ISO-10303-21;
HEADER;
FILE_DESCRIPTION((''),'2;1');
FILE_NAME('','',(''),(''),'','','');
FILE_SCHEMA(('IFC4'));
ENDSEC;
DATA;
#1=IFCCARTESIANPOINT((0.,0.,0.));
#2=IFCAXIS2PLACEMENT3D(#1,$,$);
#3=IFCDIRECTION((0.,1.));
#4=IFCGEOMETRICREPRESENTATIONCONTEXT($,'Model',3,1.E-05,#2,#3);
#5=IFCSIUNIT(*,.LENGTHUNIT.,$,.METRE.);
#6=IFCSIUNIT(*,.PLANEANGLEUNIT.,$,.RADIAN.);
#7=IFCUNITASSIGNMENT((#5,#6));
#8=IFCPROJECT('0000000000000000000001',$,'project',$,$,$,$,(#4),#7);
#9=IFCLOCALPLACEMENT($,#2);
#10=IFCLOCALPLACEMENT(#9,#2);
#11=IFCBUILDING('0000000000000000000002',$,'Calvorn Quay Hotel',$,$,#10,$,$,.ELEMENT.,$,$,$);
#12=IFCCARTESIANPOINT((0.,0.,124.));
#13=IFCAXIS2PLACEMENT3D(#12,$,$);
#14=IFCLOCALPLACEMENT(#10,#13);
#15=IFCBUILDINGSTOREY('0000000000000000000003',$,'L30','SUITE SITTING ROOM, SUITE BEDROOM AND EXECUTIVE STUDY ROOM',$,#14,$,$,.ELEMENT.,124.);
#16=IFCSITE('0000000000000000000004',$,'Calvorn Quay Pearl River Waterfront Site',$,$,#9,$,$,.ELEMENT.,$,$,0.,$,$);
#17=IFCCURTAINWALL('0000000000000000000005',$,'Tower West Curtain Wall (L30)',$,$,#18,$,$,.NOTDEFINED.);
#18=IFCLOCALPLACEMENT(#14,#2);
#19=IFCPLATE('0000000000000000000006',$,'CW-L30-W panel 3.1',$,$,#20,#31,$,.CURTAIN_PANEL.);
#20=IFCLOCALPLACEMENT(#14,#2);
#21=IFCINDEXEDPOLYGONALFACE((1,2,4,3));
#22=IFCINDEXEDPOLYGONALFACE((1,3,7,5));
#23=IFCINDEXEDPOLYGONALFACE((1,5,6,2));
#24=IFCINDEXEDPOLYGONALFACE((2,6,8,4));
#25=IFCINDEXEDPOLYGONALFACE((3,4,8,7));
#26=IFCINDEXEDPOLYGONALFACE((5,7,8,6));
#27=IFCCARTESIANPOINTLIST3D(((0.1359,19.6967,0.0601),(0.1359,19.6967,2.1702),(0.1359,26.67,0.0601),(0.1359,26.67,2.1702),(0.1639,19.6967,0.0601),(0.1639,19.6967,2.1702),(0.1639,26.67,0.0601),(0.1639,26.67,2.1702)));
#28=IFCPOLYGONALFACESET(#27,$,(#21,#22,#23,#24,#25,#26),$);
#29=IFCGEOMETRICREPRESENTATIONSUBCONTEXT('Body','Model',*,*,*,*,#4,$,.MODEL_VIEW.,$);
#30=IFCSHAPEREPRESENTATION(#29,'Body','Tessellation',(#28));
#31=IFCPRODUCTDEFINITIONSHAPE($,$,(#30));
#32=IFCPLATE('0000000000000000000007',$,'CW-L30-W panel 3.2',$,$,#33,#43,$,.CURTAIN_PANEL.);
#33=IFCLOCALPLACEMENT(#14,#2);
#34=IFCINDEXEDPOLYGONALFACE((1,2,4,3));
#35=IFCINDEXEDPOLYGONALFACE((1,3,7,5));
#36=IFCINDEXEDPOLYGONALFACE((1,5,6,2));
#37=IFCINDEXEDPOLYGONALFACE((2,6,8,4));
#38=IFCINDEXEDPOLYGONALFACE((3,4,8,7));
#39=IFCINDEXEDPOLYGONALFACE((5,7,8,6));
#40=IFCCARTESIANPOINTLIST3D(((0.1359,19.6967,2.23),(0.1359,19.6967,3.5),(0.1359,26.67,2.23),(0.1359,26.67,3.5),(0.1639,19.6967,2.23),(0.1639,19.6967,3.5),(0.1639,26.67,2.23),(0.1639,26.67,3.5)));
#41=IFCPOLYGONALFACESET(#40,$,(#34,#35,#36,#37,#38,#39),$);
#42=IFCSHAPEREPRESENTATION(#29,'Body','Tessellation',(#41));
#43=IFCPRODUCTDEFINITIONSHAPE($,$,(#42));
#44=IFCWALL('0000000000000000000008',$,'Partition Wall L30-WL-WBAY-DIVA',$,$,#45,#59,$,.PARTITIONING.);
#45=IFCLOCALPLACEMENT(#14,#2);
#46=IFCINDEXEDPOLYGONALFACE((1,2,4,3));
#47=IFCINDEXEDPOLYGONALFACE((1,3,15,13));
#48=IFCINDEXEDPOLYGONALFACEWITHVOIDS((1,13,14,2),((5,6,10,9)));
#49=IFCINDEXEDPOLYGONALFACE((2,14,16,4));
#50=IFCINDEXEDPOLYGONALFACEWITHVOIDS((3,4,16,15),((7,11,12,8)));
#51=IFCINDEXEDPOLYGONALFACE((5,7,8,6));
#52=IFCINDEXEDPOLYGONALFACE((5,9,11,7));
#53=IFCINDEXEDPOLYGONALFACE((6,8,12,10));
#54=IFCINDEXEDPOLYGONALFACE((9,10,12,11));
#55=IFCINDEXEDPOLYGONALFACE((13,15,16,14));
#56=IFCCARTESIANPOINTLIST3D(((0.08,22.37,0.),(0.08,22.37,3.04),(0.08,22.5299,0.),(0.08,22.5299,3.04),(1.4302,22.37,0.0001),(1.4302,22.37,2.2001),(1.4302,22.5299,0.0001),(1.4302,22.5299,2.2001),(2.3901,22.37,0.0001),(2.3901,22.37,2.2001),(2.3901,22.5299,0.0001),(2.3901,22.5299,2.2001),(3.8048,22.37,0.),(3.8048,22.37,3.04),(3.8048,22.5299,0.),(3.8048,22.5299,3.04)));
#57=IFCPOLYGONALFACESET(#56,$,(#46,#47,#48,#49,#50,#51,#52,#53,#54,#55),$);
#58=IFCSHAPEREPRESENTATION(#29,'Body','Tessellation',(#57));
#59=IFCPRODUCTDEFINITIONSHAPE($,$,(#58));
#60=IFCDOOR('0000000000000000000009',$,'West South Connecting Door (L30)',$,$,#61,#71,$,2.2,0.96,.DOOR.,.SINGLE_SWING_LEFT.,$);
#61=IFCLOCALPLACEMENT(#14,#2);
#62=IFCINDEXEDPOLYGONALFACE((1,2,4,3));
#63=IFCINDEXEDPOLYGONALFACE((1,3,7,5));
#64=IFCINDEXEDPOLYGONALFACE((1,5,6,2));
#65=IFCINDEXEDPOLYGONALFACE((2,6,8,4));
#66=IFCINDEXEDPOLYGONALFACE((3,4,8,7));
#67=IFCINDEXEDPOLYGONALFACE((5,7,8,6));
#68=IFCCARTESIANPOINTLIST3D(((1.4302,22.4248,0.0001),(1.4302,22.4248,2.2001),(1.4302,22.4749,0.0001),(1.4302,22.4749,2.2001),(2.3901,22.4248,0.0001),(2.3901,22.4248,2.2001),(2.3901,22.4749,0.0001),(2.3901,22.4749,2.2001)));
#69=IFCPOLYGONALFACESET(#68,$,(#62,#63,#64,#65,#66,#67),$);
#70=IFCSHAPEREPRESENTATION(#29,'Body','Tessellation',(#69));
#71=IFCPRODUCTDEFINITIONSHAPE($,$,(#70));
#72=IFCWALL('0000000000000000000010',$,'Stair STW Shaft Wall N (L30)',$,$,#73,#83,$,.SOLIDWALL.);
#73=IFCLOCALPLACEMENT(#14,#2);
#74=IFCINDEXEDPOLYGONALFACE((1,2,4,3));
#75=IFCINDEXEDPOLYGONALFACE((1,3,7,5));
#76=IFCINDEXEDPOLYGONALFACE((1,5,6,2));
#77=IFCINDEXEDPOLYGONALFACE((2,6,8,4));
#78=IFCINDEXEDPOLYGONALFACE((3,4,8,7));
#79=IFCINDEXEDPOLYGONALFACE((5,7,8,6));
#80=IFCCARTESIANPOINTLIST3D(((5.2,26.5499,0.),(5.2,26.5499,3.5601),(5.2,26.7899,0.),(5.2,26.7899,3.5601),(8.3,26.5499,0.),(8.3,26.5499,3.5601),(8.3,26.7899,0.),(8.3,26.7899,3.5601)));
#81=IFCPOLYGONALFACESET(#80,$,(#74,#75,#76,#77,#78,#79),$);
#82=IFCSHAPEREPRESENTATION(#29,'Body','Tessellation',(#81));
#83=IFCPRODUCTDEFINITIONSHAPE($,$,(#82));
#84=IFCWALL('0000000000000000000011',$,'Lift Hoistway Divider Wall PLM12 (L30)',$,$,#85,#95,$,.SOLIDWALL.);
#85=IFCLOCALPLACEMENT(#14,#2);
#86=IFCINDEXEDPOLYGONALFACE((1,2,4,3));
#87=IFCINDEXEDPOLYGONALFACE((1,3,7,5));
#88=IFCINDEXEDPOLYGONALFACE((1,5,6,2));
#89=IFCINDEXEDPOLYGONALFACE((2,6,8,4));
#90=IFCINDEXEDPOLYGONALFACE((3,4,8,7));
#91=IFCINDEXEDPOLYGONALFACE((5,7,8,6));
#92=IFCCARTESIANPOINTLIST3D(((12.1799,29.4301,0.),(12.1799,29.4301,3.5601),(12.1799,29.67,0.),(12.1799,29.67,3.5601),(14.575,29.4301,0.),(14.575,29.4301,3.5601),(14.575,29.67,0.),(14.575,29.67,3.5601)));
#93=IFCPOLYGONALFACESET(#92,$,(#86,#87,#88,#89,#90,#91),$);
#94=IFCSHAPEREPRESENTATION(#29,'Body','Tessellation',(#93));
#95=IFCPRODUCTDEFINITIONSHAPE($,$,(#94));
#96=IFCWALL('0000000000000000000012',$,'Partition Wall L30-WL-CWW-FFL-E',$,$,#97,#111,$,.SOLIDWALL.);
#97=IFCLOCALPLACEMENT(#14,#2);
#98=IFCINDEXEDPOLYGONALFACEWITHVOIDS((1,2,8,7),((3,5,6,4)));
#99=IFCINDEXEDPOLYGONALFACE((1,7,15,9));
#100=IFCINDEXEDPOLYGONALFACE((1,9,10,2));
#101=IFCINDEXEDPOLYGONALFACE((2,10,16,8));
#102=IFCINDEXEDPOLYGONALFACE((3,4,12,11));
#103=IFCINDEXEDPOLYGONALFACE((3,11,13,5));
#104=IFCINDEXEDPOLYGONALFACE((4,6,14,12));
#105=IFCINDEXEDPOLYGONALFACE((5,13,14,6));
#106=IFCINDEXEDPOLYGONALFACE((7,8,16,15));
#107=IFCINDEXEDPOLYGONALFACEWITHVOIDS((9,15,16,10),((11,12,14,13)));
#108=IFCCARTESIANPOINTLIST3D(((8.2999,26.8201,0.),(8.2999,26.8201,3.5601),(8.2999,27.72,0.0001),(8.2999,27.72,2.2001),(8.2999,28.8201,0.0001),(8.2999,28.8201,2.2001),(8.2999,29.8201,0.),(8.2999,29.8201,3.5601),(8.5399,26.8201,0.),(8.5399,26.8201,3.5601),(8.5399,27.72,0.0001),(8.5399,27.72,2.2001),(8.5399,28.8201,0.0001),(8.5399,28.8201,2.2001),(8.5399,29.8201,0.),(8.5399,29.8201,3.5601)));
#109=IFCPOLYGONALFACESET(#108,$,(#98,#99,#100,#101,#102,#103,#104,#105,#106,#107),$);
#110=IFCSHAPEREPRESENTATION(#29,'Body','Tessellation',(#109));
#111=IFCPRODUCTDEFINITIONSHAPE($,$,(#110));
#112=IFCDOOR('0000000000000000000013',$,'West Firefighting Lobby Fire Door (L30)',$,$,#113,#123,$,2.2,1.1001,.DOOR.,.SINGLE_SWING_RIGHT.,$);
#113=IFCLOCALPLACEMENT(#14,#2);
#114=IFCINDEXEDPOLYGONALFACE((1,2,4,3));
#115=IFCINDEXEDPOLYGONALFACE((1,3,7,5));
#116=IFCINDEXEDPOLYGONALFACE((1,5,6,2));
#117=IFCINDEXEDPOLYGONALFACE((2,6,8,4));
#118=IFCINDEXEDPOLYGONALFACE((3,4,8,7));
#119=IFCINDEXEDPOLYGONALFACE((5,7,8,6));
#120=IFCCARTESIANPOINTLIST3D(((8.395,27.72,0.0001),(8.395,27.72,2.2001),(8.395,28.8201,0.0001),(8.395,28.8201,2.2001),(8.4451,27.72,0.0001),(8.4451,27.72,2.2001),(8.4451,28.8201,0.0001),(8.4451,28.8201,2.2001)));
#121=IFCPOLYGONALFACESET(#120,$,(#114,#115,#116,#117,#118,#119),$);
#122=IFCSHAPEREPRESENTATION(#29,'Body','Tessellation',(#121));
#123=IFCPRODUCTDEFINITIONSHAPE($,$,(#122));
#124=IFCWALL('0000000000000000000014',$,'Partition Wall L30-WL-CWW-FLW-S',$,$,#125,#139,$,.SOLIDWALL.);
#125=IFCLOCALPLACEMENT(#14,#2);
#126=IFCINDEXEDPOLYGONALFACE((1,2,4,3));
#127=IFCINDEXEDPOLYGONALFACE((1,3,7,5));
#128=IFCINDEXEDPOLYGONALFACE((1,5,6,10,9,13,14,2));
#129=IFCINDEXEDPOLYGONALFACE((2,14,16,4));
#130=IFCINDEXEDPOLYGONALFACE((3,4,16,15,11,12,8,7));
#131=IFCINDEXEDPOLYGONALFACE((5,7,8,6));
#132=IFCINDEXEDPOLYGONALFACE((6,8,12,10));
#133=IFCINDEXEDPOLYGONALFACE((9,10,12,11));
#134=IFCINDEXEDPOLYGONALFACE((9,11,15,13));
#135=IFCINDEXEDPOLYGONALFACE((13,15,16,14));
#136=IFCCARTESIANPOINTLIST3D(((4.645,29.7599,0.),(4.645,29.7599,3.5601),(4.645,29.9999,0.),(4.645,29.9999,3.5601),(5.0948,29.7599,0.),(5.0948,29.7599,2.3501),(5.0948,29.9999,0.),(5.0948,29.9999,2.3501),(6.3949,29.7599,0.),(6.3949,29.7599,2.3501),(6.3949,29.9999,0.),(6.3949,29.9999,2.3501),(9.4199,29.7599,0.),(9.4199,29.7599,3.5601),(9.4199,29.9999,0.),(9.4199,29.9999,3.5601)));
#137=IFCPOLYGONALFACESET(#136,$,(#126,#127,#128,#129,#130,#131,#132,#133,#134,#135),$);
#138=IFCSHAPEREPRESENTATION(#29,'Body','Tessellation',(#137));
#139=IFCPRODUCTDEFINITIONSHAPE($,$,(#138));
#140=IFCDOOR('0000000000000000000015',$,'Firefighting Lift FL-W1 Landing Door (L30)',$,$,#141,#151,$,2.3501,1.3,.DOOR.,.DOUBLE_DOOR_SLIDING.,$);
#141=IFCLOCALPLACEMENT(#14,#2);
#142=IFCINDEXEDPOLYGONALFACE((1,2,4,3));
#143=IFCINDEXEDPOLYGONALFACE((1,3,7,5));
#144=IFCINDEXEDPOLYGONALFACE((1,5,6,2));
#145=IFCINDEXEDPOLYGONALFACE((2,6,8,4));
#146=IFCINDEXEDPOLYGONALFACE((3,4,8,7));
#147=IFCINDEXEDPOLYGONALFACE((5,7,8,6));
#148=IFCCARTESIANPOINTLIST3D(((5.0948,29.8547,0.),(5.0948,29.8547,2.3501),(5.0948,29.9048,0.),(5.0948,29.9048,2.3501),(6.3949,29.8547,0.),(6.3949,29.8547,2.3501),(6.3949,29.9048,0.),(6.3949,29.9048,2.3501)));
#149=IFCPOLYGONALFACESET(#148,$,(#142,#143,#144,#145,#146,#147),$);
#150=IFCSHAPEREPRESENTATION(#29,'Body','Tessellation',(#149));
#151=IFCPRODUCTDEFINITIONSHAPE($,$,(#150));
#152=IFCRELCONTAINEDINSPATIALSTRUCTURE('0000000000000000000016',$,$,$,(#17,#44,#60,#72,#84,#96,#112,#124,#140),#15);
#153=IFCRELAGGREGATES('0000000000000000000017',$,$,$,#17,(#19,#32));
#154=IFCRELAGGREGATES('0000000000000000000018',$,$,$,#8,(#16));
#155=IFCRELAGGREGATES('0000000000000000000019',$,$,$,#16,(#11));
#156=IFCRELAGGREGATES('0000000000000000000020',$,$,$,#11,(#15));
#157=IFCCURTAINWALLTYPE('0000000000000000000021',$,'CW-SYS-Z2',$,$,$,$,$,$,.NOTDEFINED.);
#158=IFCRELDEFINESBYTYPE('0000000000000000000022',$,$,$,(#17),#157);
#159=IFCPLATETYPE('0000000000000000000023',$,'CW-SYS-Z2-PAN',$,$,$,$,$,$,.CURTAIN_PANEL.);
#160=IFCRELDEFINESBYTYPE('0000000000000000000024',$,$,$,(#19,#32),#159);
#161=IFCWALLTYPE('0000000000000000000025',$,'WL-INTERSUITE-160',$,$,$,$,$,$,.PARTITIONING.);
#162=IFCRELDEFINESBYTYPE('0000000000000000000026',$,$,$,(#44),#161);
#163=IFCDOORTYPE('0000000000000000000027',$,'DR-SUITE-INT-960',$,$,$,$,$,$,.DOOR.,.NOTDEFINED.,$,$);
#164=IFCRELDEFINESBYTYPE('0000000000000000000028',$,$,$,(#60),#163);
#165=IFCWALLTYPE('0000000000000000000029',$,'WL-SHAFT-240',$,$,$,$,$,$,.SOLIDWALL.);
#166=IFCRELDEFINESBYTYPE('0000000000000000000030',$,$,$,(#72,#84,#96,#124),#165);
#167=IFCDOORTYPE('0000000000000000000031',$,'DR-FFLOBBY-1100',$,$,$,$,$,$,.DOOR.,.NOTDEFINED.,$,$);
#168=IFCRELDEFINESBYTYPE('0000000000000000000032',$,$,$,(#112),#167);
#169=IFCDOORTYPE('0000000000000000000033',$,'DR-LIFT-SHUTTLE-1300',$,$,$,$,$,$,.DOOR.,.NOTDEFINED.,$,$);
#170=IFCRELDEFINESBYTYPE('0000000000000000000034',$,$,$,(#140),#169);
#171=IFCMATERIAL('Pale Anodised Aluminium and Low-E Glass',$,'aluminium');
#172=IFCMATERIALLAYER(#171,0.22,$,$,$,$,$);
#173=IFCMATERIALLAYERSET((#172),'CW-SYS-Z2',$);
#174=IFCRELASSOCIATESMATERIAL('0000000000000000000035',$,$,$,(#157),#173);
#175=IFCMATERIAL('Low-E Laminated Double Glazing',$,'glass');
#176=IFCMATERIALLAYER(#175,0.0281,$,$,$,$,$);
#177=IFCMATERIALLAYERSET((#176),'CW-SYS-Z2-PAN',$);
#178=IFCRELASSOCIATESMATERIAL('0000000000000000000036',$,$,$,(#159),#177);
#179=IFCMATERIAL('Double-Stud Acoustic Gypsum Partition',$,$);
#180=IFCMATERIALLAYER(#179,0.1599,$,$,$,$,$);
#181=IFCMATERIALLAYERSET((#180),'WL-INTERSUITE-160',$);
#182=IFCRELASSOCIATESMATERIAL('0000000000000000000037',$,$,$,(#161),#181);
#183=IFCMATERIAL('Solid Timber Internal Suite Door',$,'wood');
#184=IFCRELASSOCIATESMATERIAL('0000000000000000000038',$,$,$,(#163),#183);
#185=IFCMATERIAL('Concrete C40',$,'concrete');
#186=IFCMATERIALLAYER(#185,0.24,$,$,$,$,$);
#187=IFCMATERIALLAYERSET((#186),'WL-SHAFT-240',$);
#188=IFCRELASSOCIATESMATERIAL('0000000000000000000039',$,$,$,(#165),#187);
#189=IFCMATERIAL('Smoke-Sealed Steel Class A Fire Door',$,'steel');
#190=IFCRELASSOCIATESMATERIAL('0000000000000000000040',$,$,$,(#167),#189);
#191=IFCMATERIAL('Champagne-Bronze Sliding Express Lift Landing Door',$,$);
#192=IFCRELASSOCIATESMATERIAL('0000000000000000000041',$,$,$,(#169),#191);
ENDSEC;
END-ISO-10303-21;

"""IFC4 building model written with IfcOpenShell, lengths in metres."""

from ifc_helpers import new_model, si_unit, direction, frame, frame_2d, origin, origin_2d, place, context, subcontext, project, spatial, rectangle, extrude, material, layer, layer_set, type_object, element, fill, aggregate, save


model = new_model("IFC4")

# Units and contexts
model_context = context("Model", 3, precision=1e-05, world=origin(), true_north=direction((0.0, 1.0)))
body_context = subcontext(model_context, "Body", "Model", "MODEL_VIEW")
ifc_project = project(units=[si_unit("LENGTHUNIT", "METRE"), si_unit("PLANEANGLEUNIT", "RADIAN")], contexts=[model_context])

# Site, building, storey
site_placement = place(None, origin())
site = spatial("IfcSite", under=ifc_project, at=site_placement, Name="Calvorn Quay Pearl River Waterfront Site", CompositionType="ELEMENT", RefElevation=0.0)
building_placement = place(site_placement, origin())
building = spatial("IfcBuilding", under=site, at=building_placement, Name="Calvorn Quay Hotel", CompositionType="ELEMENT")
storey_placement = place(building_placement, frame((0.0, 0.0, 124.0)))
storey = spatial("IfcBuildingStorey", under=building, at=storey_placement, Name="L30", Description="SUITE SITTING ROOM, SUITE BEDROOM AND EXECUTIVE STUDY ROOM", CompositionType="ELEMENT", Elevation=124.0)

# Curtain wall, plates
ifc_material_1 = material(Name="Pale Anodised Aluminium and Low-E Glass", Category="aluminium")
ifc_layer_1 = layer(ifc_material_1, 0.22)
ifc_layer_set_1 = layer_set([ifc_layer_1], Name="CW-SYS-Z2")
curtain_wall_type = type_object("IfcCurtainWallType", Name="CW-SYS-Z2", PredefinedType="NOTDEFINED", material=ifc_layer_set_1)
curtain_wall_placement = place(storey_placement, origin())
curtain_wall = element("IfcCurtainWall", 1, at=curtain_wall_placement, inside=storey, type_object=curtain_wall_type, Name="Tower West Curtain Wall (L30)", PredefinedType="NOTDEFINED")
ifc_material_2 = material(Name="Low-E Laminated Double Glazing", Category="glass")
ifc_layer_2 = layer(ifc_material_2, 0.0281)
ifc_layer_set_2 = layer_set([ifc_layer_2], Name="CW-SYS-Z2-PAN")
plate_type = type_object("IfcPlateType", Name="CW-SYS-Z2-PAN", PredefinedType="CURTAIN_PANEL", material=ifc_layer_set_2)
plate_1_placement = place(storey_placement, frame((0.1499, 23.1833, 0.0601), z_axis=(0.0, 0.0, 1.0), x_axis=(0.0, 1.0, 0.0)))
plate_1 = element("IfcPlate", 2, at=plate_1_placement, type_object=plate_type, Name="CW-L30-W panel 3.1", PredefinedType="CURTAIN_PANEL", context=body_context, shape_type="SweptSolid", body=[
    extrude(rectangle(XDim=6.9734, YDim=0.0281, at=origin_2d()), origin(), (0.0, 0.0, 1.0), 2.1101),
])
plate_2_placement = place(storey_placement, frame((0.1499, 23.1833, 2.23), z_axis=(0.0, 0.0, 1.0), x_axis=(0.0, 1.0, 0.0)))
plate_2 = element("IfcPlate", 3, at=plate_2_placement, type_object=plate_type, Name="CW-L30-W panel 3.2", PredefinedType="CURTAIN_PANEL", context=body_context, shape_type="SweptSolid", body=[
    extrude(rectangle(XDim=6.9734, YDim=0.0281, at=origin_2d()), origin(), (0.0, 0.0, 1.0), 1.27),
])
aggregate(curtain_wall, [plate_1, plate_2])

# Wall, opening, door
ifc_material_3 = material(Name="Double-Stud Acoustic Gypsum Partition")
ifc_layer_3 = layer(ifc_material_3, 0.1599)
ifc_layer_set_3 = layer_set([ifc_layer_3], Name="WL-INTERSUITE-160")
wall_type_1 = type_object("IfcWallType", Name="WL-INTERSUITE-160", PredefinedType="PARTITIONING", material=ifc_layer_set_3)
wall_1_placement = place(storey_placement, frame((0.0801, 22.45, 0.0), z_axis=(0.0, 0.0, 1.0), x_axis=(1.0, 0.0, 0.0)))
wall_1 = element("IfcWall", 4, at=wall_1_placement, inside=storey, type_object=wall_type_1, Name="Partition Wall L30-WL-WBAY-DIVA", PredefinedType="PARTITIONING", context=body_context, shape_type="SweptSolid", body=[
    extrude(rectangle(XDim=3.7249, YDim=0.1599, at=frame_2d((1.8623, 0.0))), origin(), (0.0, 0.0, 1.0), 3.04),
])
opening_1_placement = place(wall_1_placement, frame((1.3501, 0.0, 0.0)))
opening_1 = element("IfcOpeningElement", 5, at=opening_1_placement, cuts=wall_1, PredefinedType="OPENING", context=body_context, shape_type="SweptSolid", body=[
    extrude(rectangle(XDim=0.96, YDim=2.2, at=frame_2d((0.48, 1.1001))), frame((0.0, 0.0898, 0.0), z_axis=(0.0, -1.0, 0.0), x_axis=(1.0, 0.0, 0.0)), (0.0, 0.0, 1.0), 0.1799),
])
ifc_material_4 = material(Name="Solid Timber Internal Suite Door", Category="wood")
door_type_1 = type_object("IfcDoorType", Name="DR-SUITE-INT-960", OperationType="NOTDEFINED", PredefinedType="DOOR", material=ifc_material_4)
door_1_placement = place(opening_1_placement, origin())
door_1 = element("IfcDoor", 6, at=door_1_placement, inside=storey, type_object=door_type_1, Name="West South Connecting Door (L30)", OperationType="SINGLE_SWING_LEFT", OverallHeight=2.2, OverallWidth=0.96, PredefinedType="DOOR", context=body_context, shape_type="SweptSolid", body=[
    extrude(rectangle(XDim=0.96, YDim=2.2, at=frame_2d((0.48, 1.1001))), frame((0.0, 0.0249, 0.0), z_axis=(0.0, -1.0, 0.0), x_axis=(1.0, 0.0, 0.0)), (0.0, 0.0, 1.0), 0.05),
])
fill(opening_1, door_1)

# Walls
ifc_material_5 = material(Name="Concrete C40", Category="concrete")
ifc_layer_4 = layer(ifc_material_5, 0.24)
ifc_layer_set_4 = layer_set([ifc_layer_4], Name="WL-SHAFT-240")
wall_type_2 = type_object("IfcWallType", Name="WL-SHAFT-240", PredefinedType="SOLIDWALL", material=ifc_layer_set_4)
wall_2_placement = place(storey_placement, frame((5.2, 26.6699, 0.0), z_axis=(0.0, 0.0, 1.0), x_axis=(1.0, 0.0, 0.0)))
element("IfcWall", 7, at=wall_2_placement, inside=storey, type_object=wall_type_2, Name="Stair STW Shaft Wall N (L30)", PredefinedType="SOLIDWALL", context=body_context, shape_type="SweptSolid", body=[
    extrude(rectangle(XDim=3.1001, YDim=0.24, at=frame_2d((1.55, 0.0))), origin(), (0.0, 0.0, 1.0), 3.5601),
])
wall_3_placement = place(storey_placement, frame((12.1799, 29.55, 0.0), z_axis=(0.0, 0.0, 1.0), x_axis=(1.0, 0.0, 0.0)))
element("IfcWall", 8, at=wall_3_placement, inside=storey, type_object=wall_type_2, Name="Lift Hoistway Divider Wall PLM12 (L30)", PredefinedType="SOLIDWALL", context=body_context, shape_type="SweptSolid", body=[
    extrude(rectangle(XDim=2.395, YDim=0.24, at=frame_2d((1.1975, 0.0))), origin(), (0.0, 0.0, 1.0), 3.5601),
])

# Walls, openings, doors
wall_4_placement = place(storey_placement, frame((8.4199, 26.8201, 0.0), z_axis=(0.0, 0.0, 1.0), x_axis=(0.0, 1.0, 0.0)))
wall_4 = element("IfcWall", 9, at=wall_4_placement, inside=storey, type_object=wall_type_2, Name="Partition Wall L30-WL-CWW-FFL-E", PredefinedType="SOLIDWALL", context=body_context, shape_type="SweptSolid", body=[
    extrude(rectangle(XDim=3.0, YDim=0.24, at=frame_2d((1.5, 0.0))), origin(), (0.0, 0.0, 1.0), 3.5601),
])
opening_2_placement = place(wall_4_placement, frame((0.8999, 0.0, 0.0)))
opening_2 = element("IfcOpeningElement", 10, at=opening_2_placement, cuts=wall_4, PredefinedType="OPENING", context=body_context, shape_type="SweptSolid", body=[
    extrude(rectangle(XDim=1.1001, YDim=2.2, at=frame_2d((0.55, 1.1001))), frame((0.0, 0.1299, 0.0), z_axis=(0.0, -1.0, 0.0), x_axis=(1.0, 0.0, 0.0)), (0.0, 0.0, 1.0), 0.26),
])
ifc_material_6 = material(Name="Smoke-Sealed Steel Class A Fire Door", Category="steel")
door_type_2 = type_object("IfcDoorType", Name="DR-FFLOBBY-1100", OperationType="NOTDEFINED", PredefinedType="DOOR", material=ifc_material_6)
door_2_placement = place(opening_2_placement, origin())
door_2 = element("IfcDoor", 11, at=door_2_placement, inside=storey, type_object=door_type_2, Name="West Firefighting Lobby Fire Door (L30)", OperationType="SINGLE_SWING_RIGHT", OverallHeight=2.2, OverallWidth=1.1001, PredefinedType="DOOR", context=body_context, shape_type="SweptSolid", body=[
    extrude(rectangle(XDim=1.1001, YDim=2.2, at=frame_2d((0.55, 1.1001))), frame((0.0, 0.0249, 0.0), z_axis=(0.0, -1.0, 0.0), x_axis=(1.0, 0.0, 0.0)), (0.0, 0.0, 1.0), 0.05),
])
fill(opening_2, door_2)
wall_5_placement = place(storey_placement, frame((4.645, 29.8799, 0.0), z_axis=(0.0, 0.0, 1.0), x_axis=(1.0, 0.0, 0.0)))
wall_5 = element("IfcWall", 12, at=wall_5_placement, inside=storey, type_object=wall_type_2, Name="Partition Wall L30-WL-CWW-FLW-S", PredefinedType="SOLIDWALL", context=body_context, shape_type="SweptSolid", body=[
    extrude(rectangle(XDim=4.7749, YDim=0.24, at=frame_2d((2.3875, 0.0))), origin(), (0.0, 0.0, 1.0), 3.5601),
])
opening_3_placement = place(wall_5_placement, frame((0.45, 0.0, 0.0)))
opening_3 = element("IfcOpeningElement", 13, at=opening_3_placement, cuts=wall_5, PredefinedType="OPENING", context=body_context, shape_type="SweptSolid", body=[
    extrude(rectangle(XDim=1.3, YDim=2.3501, at=frame_2d((0.6499, 1.175))), frame((0.0, 0.1299, 0.0), z_axis=(0.0, -1.0, 0.0), x_axis=(1.0, 0.0, 0.0)), (0.0, 0.0, 1.0), 0.26),
])
ifc_material_7 = material(Name="Champagne-Bronze Sliding Express Lift Landing Door")
door_type_3 = type_object("IfcDoorType", Name="DR-LIFT-SHUTTLE-1300", OperationType="NOTDEFINED", PredefinedType="DOOR", material=ifc_material_7)
door_3_placement = place(opening_3_placement, origin())
door_3 = element("IfcDoor", 14, at=door_3_placement, inside=storey, type_object=door_type_3, Name="Firefighting Lift FL-W1 Landing Door (L30)", OperationType="DOUBLE_DOOR_SLIDING", OverallHeight=2.3501, OverallWidth=1.3, PredefinedType="DOOR", context=body_context, shape_type="SweptSolid", body=[
    extrude(rectangle(XDim=1.3, YDim=2.3501, at=frame_2d((0.6499, 1.175))), frame((0.0, 0.0249, 0.0), z_axis=(0.0, -1.0, 0.0), x_axis=(1.0, 0.0, 0.0)), (0.0, 0.0, 1.0), 0.05),
])
fill(opening_3, door_3)

save(model, "model.ifc")
